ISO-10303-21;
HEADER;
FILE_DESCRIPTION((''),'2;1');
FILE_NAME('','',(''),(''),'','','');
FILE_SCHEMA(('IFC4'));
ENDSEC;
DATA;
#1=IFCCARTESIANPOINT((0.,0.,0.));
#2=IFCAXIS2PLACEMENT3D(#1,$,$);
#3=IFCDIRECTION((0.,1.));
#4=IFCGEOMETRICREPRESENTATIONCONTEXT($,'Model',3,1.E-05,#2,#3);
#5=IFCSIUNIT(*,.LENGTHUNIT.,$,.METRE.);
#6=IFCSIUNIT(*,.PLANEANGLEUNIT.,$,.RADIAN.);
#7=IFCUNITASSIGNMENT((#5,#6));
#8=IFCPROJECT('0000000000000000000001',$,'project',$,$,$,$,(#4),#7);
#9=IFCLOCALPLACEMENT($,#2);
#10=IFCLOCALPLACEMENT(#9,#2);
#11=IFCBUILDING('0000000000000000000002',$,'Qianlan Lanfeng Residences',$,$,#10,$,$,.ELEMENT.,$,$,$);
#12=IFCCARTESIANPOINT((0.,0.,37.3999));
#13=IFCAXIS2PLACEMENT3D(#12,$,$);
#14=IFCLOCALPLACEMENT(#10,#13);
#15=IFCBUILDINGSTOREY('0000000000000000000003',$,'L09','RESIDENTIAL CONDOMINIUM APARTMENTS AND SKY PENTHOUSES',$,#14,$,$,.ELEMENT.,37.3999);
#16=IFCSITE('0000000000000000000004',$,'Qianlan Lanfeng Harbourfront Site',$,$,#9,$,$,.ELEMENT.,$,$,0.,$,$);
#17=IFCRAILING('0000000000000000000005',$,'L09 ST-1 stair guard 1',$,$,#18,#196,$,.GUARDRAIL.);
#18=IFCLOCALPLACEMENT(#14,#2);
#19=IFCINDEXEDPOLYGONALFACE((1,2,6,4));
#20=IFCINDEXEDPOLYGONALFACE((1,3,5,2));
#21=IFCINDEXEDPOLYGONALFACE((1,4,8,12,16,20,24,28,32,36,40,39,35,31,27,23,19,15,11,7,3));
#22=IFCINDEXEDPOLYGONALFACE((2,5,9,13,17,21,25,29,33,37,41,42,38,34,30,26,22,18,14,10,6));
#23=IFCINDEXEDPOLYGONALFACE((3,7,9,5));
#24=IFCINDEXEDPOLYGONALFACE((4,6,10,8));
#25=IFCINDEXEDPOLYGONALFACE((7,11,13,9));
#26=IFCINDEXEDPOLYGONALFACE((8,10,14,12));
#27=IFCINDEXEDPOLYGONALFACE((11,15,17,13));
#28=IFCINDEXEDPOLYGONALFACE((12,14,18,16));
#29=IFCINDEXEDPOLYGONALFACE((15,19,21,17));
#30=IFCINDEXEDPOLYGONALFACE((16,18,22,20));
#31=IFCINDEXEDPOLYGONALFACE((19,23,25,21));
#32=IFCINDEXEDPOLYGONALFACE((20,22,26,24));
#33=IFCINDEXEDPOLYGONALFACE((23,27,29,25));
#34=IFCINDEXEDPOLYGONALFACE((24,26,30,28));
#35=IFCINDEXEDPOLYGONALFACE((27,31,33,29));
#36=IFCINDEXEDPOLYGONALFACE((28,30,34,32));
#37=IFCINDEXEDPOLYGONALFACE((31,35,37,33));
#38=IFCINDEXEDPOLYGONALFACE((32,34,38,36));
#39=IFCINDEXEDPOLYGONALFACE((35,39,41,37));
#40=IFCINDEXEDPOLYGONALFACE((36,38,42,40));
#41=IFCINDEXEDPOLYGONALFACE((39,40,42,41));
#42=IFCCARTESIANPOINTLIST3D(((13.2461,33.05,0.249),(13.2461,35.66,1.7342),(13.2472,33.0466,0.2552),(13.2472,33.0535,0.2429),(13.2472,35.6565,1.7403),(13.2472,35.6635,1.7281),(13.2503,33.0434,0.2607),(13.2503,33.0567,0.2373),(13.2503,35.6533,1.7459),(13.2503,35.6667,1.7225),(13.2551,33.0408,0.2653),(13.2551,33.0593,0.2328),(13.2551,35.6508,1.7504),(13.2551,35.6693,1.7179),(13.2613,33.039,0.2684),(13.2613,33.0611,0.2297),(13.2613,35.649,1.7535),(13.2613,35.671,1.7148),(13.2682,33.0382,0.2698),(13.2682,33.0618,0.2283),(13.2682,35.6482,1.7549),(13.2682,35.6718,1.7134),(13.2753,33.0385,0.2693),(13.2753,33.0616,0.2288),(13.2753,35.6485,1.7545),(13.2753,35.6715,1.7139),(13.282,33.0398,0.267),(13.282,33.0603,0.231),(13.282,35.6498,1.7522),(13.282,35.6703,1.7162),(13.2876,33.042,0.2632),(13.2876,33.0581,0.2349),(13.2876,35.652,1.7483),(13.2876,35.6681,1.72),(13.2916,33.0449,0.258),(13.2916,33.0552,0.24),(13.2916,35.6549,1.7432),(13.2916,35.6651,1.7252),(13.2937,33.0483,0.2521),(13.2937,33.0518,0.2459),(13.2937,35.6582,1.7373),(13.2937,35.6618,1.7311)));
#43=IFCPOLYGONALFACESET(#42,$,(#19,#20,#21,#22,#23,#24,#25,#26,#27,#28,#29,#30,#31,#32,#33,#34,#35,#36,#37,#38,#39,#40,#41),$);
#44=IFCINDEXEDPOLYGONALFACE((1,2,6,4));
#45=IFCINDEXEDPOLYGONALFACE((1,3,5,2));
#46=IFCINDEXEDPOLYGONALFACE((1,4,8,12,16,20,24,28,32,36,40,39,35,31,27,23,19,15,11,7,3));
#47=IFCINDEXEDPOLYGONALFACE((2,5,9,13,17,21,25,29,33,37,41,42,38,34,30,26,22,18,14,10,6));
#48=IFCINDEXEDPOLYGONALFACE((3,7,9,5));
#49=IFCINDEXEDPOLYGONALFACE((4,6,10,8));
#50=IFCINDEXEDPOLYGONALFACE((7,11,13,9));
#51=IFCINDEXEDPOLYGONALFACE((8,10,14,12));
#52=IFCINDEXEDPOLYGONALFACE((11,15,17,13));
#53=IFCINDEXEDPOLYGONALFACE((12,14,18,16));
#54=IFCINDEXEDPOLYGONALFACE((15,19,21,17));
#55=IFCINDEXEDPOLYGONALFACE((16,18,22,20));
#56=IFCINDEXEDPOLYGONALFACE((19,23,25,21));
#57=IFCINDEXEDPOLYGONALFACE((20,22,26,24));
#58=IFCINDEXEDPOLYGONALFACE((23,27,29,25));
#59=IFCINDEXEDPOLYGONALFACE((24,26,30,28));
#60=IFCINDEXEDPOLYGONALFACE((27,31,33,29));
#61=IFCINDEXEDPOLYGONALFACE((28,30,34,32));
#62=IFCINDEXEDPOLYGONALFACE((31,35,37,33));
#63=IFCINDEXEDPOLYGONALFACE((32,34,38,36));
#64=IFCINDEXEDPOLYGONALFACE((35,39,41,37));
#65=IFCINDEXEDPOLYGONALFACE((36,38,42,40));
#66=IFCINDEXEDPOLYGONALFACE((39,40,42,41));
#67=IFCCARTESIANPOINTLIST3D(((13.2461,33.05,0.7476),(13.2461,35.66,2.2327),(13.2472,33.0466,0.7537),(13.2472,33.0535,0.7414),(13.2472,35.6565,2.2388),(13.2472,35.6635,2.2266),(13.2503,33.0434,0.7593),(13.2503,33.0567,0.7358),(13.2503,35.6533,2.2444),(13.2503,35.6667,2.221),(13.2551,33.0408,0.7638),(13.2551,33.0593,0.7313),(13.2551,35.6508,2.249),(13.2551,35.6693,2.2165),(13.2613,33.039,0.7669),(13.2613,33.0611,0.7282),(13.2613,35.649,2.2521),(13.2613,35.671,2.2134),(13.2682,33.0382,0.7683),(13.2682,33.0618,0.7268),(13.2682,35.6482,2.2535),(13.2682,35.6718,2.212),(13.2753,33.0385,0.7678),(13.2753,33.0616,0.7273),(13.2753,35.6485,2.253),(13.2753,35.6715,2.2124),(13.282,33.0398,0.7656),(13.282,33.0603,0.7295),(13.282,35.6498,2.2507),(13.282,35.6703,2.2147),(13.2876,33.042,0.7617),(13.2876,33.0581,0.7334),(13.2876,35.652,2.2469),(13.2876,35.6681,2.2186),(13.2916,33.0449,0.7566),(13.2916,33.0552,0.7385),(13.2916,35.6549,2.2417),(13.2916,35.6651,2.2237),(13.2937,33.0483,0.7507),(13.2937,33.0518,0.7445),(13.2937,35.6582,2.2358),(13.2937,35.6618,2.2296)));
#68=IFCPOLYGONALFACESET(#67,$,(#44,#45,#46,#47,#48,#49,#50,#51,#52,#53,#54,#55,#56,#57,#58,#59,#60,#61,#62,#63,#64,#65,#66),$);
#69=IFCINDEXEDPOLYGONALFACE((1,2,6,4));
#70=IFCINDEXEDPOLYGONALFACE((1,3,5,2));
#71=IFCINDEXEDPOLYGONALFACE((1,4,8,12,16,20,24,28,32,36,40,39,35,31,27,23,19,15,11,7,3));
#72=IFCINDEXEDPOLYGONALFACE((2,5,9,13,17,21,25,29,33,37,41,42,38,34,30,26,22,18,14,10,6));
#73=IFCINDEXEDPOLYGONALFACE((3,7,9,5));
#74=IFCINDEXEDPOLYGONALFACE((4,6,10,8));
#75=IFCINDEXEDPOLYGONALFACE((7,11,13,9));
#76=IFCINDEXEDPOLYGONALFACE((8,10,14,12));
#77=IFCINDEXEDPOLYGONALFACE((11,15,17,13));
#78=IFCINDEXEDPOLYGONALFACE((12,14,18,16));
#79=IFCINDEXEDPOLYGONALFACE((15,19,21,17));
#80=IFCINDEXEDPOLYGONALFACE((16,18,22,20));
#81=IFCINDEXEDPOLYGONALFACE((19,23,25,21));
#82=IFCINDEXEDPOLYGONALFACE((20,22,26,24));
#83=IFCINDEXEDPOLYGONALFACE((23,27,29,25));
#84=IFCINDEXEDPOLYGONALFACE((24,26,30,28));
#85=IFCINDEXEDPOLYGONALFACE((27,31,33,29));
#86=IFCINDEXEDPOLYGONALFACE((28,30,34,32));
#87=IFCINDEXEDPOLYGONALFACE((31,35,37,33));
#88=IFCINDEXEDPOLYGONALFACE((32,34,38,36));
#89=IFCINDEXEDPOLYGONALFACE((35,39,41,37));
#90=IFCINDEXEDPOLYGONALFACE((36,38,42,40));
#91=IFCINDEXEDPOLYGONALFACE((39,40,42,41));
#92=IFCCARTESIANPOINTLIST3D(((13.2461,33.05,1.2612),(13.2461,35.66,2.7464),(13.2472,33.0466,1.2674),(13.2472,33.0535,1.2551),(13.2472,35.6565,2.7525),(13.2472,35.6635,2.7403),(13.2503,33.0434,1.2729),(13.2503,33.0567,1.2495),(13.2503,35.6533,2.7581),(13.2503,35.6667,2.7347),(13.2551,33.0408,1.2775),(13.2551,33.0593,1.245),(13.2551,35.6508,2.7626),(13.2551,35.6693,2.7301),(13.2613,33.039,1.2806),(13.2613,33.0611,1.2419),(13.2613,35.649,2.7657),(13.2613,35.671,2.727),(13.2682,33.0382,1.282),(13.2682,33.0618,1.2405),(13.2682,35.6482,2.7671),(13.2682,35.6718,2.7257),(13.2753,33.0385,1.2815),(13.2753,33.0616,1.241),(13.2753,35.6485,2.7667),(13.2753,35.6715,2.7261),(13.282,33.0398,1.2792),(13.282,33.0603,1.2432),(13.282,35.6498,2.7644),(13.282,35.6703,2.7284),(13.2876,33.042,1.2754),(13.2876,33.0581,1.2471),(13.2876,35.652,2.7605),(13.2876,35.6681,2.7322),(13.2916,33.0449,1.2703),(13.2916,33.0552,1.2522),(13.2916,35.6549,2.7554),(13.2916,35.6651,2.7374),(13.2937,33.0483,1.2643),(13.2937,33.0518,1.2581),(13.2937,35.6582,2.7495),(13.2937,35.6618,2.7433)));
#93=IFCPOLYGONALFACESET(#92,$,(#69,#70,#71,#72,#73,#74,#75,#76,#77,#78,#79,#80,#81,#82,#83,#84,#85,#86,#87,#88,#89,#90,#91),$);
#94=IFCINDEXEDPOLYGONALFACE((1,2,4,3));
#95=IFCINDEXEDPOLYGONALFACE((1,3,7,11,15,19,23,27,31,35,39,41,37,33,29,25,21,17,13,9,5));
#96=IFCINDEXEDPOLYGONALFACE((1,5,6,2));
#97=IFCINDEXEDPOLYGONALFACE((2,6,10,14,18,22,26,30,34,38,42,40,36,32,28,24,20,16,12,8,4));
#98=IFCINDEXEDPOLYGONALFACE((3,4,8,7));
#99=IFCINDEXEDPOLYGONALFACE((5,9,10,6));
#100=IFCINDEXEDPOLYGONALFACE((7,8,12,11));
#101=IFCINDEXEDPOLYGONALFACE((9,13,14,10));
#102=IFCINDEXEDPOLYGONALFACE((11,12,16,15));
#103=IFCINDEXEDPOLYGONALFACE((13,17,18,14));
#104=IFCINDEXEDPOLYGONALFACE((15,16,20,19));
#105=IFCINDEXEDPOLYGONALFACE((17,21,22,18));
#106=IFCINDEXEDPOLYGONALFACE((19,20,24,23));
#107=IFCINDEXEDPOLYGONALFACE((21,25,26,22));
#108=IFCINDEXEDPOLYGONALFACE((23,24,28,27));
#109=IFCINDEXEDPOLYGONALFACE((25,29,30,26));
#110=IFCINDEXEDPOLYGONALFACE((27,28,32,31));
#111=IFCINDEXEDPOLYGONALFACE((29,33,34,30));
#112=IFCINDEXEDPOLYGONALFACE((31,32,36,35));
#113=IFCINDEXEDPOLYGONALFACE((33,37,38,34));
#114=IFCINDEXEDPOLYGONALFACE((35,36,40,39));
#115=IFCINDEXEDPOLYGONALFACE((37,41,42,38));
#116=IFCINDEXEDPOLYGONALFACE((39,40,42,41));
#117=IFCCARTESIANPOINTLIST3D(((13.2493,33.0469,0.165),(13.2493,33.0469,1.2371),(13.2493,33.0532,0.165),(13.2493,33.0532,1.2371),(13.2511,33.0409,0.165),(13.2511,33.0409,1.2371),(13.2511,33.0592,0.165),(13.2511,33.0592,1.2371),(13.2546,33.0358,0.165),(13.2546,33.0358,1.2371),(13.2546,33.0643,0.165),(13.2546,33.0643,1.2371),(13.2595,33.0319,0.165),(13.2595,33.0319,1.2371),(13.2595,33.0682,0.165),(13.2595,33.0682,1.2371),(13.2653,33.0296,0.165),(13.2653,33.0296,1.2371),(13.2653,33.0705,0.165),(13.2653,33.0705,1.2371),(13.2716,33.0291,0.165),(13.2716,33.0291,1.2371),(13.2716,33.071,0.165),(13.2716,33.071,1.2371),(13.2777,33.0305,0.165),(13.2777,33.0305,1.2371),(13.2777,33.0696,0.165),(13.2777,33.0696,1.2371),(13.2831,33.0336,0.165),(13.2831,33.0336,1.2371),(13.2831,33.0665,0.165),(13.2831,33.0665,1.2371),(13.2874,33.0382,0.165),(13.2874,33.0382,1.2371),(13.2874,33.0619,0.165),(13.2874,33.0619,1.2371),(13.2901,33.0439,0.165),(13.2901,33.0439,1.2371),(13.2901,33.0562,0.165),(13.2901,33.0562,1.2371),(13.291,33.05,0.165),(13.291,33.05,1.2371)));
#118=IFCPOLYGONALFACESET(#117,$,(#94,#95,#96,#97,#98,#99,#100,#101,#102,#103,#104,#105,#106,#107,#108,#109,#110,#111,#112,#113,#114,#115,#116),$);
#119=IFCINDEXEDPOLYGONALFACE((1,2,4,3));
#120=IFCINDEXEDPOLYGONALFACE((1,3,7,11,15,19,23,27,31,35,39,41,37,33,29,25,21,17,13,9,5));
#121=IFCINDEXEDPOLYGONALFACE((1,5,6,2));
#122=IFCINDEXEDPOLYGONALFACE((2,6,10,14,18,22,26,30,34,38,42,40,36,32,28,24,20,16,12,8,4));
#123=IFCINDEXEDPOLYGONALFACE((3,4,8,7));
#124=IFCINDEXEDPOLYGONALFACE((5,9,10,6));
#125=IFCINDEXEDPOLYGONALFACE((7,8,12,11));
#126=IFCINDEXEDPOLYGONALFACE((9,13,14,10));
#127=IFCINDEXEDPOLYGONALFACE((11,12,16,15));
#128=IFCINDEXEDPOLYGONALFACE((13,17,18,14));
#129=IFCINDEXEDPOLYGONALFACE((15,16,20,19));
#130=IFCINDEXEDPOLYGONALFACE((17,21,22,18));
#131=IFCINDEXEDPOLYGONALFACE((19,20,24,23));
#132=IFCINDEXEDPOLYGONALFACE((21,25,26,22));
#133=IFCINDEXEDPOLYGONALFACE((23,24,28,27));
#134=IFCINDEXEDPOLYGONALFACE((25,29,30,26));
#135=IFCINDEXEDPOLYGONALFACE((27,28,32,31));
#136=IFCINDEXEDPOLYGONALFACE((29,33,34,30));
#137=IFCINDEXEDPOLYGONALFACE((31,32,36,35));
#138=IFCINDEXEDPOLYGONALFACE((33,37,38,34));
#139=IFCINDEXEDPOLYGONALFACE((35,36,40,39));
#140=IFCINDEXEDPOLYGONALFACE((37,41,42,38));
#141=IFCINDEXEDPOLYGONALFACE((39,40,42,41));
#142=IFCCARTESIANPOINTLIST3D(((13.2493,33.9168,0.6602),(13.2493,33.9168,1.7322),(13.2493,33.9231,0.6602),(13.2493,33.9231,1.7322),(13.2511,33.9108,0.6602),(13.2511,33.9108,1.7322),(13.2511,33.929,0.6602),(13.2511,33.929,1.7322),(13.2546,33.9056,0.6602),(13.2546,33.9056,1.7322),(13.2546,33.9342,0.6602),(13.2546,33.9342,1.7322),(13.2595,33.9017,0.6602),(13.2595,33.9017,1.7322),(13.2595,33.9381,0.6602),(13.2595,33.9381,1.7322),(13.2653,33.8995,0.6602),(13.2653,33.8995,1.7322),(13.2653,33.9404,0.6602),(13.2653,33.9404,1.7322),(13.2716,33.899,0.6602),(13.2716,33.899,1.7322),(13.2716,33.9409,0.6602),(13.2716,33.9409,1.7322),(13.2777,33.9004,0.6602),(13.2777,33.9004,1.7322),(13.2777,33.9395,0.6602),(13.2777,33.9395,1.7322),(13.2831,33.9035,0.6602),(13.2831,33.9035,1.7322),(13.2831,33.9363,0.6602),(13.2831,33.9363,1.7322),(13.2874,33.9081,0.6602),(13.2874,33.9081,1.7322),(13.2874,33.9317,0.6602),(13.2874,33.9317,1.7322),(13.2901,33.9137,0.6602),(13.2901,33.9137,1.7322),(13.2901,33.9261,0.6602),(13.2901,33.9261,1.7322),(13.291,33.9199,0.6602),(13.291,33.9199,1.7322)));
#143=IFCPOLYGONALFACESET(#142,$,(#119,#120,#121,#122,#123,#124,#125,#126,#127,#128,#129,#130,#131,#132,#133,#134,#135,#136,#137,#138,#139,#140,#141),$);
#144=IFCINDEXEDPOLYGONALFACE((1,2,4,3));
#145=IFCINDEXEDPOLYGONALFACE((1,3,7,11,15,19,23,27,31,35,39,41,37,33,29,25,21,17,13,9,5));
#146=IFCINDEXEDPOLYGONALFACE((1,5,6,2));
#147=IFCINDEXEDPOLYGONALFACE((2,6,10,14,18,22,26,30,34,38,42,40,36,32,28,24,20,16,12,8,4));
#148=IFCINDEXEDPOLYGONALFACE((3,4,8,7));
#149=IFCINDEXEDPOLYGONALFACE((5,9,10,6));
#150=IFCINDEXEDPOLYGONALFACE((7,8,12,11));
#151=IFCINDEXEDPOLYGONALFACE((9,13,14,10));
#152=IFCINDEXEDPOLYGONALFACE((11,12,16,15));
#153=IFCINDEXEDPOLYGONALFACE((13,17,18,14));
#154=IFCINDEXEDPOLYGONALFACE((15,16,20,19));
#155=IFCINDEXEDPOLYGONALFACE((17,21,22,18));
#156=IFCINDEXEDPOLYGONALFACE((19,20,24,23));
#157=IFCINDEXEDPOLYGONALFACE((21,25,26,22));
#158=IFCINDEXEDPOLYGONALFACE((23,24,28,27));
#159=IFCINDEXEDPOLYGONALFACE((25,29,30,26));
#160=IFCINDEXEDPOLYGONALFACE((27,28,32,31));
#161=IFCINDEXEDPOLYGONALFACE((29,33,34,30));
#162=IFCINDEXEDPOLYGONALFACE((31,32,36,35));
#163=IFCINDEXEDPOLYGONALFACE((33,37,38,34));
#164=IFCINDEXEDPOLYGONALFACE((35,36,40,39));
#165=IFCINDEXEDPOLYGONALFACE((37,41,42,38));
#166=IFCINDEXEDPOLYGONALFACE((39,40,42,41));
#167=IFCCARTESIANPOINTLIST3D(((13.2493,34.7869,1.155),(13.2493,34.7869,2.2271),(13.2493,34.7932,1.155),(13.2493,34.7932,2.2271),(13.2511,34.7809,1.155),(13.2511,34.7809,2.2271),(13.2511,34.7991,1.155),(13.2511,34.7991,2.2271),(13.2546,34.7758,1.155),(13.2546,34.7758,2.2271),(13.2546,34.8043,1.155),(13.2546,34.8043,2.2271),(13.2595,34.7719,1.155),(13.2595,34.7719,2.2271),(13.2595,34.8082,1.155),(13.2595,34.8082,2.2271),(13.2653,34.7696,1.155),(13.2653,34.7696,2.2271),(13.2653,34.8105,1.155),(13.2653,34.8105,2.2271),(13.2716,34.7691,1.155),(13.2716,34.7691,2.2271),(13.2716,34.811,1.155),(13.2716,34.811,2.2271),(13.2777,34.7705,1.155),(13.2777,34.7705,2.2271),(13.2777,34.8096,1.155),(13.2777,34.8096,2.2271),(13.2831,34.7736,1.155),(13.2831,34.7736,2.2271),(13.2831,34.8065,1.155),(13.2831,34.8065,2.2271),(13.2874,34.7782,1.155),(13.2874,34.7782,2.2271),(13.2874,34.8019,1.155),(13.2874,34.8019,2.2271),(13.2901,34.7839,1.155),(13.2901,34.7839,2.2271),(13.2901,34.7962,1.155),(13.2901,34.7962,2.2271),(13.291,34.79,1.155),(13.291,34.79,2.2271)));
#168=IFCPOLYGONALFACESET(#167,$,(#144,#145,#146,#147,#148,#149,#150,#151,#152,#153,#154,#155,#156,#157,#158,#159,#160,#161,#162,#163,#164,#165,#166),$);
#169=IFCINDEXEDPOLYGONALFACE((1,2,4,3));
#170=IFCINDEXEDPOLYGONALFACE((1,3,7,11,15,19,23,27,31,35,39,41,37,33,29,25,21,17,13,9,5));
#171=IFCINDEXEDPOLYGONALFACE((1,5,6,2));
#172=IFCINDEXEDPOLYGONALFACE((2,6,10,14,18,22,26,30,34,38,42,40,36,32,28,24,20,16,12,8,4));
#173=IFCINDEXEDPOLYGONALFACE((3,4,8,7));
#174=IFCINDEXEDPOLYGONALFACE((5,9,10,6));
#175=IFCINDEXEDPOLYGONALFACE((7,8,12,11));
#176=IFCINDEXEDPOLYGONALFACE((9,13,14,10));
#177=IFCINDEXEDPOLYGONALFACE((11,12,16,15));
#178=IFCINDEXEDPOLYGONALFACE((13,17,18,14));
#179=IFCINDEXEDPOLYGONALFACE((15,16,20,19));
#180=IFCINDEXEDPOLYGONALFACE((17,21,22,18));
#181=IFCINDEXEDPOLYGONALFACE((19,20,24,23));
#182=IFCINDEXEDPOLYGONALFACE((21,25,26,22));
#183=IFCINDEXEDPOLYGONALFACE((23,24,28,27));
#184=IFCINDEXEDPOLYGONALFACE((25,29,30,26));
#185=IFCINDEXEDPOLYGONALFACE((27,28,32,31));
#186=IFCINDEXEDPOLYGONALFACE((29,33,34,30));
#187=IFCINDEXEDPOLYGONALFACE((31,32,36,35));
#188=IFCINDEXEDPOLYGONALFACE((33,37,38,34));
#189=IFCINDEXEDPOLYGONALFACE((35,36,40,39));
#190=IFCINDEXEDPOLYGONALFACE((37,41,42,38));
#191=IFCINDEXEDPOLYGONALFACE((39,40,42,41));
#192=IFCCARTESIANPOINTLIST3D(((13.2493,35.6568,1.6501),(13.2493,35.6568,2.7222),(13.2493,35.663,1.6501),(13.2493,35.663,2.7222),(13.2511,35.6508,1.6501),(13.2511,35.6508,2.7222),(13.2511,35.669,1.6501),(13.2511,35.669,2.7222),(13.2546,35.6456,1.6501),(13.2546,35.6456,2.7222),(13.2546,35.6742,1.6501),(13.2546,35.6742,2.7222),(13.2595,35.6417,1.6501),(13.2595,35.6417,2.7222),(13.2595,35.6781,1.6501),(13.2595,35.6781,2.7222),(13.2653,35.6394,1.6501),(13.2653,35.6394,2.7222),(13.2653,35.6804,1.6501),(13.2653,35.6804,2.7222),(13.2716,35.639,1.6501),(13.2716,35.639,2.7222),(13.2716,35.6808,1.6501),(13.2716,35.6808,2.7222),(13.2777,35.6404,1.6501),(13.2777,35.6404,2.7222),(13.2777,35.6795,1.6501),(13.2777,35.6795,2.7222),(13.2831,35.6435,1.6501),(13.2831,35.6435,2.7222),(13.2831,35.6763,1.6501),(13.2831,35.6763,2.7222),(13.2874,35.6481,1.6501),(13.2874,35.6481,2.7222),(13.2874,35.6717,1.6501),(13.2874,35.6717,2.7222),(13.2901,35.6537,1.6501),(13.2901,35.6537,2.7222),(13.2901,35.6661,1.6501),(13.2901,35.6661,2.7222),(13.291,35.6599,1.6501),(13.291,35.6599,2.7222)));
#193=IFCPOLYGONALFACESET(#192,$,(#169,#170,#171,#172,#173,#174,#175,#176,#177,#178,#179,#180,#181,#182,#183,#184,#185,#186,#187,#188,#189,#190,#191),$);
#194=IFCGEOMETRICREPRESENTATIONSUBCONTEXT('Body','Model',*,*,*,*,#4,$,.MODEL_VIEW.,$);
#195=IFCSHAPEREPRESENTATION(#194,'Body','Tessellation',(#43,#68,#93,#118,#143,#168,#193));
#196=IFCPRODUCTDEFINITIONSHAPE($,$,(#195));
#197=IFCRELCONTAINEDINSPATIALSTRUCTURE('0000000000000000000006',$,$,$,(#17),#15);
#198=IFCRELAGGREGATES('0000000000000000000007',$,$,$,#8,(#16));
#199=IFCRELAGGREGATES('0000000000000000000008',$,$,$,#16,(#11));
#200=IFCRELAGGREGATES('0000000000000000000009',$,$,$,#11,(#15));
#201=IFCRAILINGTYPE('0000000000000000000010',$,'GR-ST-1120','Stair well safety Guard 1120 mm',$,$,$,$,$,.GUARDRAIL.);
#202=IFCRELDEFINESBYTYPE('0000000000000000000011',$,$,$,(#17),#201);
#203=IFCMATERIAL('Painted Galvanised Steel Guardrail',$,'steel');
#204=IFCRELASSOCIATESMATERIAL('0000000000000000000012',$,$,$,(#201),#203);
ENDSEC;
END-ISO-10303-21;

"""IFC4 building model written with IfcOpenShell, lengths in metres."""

from ifc_helpers import new_model, si_unit, direction, frame, origin, origin_2d, place, context, subcontext, project, spatial, circle, extrude, material, type_object, element, save


model = new_model("IFC4")

# Units and contexts
model_context = context("Model", 3, precision=1e-05, world=origin(), true_north=direction((0.0, 1.0)))
body_context = subcontext(model_context, "Body", "Model", "MODEL_VIEW")
ifc_project = project(units=[si_unit("LENGTHUNIT", "METRE"), si_unit("PLANEANGLEUNIT", "RADIAN")], contexts=[model_context])

# Site, building, storey
site_placement = place(None, origin())
site = spatial("IfcSite", under=ifc_project, at=site_placement, Name="Qianlan Lanfeng Harbourfront Site", CompositionType="ELEMENT", RefElevation=0.0)
building_placement = place(site_placement, origin())
building = spatial("IfcBuilding", under=site, at=building_placement, Name="Qianlan Lanfeng Residences", CompositionType="ELEMENT")
storey_placement = place(building_placement, frame((0.0, 0.0, 37.3999)))
storey = spatial("IfcBuildingStorey", under=building, at=storey_placement, Name="L09", Description="RESIDENTIAL CONDOMINIUM APARTMENTS AND SKY PENTHOUSES", CompositionType="ELEMENT", Elevation=37.3999)

# Railing
ifc_material_1 = material(Name="Painted Galvanised Steel Guardrail", Category="steel")
railing_type_1 = type_object("IfcRailingType", Name="GR-ST-1120", Description="Stair well safety Guard 1120 mm", PredefinedType="GUARDRAIL", material=ifc_material_1)
railing_1_placement = place(storey_placement, frame((13.27, 33.05, 0.165)))
element("IfcRailing", 1, at=railing_1_placement, inside=storey, type_object=railing_type_1, Name="L09 ST-1 stair guard 1", PredefinedType="GUARDRAIL", context=body_context, shape_type="SweptSolid", body=[
    extrude(circle(Radius=0.0239, at=origin_2d()), frame((0.0, 0.0, 0.084), z_axis=(0.0, 0.869137, 0.494571), x_axis=(-1.0, 0.0, 0.0)), (0.0, 0.0, 1.0), 3.0029),
    extrude(circle(Radius=0.0239, at=origin_2d()), frame((0.0, 0.0, 0.5825), z_axis=(0.0, 0.869137, 0.494571), x_axis=(-1.0, 0.0, 0.0)), (0.0, 0.0, 1.0), 3.0029),
    extrude(circle(Radius=0.0239, at=origin_2d()), frame((0.0, 0.0, 1.0962), z_axis=(0.0, 0.869137, 0.494571), x_axis=(-1.0, 0.0, 0.0)), (0.0, 0.0, 1.0), 3.0029),
    extrude(circle(Radius=0.021, at=origin_2d()), origin(), (0.0, 0.0, 1.0), 1.072),
    extrude(circle(Radius=0.021, at=origin_2d()), frame((0.0, 0.8699, 0.4951)), (0.0, 0.0, 1.0), 1.072),
    extrude(circle(Radius=0.021, at=origin_2d()), frame((0.0, 1.74, 0.99)), (0.0, 0.0, 1.0), 1.072),
    extrude(circle(Radius=0.021, at=origin_2d()), frame((0.0, 2.6099, 1.4851)), (0.0, 0.0, 1.0), 1.072),
])

save(model, "model.ifc")
